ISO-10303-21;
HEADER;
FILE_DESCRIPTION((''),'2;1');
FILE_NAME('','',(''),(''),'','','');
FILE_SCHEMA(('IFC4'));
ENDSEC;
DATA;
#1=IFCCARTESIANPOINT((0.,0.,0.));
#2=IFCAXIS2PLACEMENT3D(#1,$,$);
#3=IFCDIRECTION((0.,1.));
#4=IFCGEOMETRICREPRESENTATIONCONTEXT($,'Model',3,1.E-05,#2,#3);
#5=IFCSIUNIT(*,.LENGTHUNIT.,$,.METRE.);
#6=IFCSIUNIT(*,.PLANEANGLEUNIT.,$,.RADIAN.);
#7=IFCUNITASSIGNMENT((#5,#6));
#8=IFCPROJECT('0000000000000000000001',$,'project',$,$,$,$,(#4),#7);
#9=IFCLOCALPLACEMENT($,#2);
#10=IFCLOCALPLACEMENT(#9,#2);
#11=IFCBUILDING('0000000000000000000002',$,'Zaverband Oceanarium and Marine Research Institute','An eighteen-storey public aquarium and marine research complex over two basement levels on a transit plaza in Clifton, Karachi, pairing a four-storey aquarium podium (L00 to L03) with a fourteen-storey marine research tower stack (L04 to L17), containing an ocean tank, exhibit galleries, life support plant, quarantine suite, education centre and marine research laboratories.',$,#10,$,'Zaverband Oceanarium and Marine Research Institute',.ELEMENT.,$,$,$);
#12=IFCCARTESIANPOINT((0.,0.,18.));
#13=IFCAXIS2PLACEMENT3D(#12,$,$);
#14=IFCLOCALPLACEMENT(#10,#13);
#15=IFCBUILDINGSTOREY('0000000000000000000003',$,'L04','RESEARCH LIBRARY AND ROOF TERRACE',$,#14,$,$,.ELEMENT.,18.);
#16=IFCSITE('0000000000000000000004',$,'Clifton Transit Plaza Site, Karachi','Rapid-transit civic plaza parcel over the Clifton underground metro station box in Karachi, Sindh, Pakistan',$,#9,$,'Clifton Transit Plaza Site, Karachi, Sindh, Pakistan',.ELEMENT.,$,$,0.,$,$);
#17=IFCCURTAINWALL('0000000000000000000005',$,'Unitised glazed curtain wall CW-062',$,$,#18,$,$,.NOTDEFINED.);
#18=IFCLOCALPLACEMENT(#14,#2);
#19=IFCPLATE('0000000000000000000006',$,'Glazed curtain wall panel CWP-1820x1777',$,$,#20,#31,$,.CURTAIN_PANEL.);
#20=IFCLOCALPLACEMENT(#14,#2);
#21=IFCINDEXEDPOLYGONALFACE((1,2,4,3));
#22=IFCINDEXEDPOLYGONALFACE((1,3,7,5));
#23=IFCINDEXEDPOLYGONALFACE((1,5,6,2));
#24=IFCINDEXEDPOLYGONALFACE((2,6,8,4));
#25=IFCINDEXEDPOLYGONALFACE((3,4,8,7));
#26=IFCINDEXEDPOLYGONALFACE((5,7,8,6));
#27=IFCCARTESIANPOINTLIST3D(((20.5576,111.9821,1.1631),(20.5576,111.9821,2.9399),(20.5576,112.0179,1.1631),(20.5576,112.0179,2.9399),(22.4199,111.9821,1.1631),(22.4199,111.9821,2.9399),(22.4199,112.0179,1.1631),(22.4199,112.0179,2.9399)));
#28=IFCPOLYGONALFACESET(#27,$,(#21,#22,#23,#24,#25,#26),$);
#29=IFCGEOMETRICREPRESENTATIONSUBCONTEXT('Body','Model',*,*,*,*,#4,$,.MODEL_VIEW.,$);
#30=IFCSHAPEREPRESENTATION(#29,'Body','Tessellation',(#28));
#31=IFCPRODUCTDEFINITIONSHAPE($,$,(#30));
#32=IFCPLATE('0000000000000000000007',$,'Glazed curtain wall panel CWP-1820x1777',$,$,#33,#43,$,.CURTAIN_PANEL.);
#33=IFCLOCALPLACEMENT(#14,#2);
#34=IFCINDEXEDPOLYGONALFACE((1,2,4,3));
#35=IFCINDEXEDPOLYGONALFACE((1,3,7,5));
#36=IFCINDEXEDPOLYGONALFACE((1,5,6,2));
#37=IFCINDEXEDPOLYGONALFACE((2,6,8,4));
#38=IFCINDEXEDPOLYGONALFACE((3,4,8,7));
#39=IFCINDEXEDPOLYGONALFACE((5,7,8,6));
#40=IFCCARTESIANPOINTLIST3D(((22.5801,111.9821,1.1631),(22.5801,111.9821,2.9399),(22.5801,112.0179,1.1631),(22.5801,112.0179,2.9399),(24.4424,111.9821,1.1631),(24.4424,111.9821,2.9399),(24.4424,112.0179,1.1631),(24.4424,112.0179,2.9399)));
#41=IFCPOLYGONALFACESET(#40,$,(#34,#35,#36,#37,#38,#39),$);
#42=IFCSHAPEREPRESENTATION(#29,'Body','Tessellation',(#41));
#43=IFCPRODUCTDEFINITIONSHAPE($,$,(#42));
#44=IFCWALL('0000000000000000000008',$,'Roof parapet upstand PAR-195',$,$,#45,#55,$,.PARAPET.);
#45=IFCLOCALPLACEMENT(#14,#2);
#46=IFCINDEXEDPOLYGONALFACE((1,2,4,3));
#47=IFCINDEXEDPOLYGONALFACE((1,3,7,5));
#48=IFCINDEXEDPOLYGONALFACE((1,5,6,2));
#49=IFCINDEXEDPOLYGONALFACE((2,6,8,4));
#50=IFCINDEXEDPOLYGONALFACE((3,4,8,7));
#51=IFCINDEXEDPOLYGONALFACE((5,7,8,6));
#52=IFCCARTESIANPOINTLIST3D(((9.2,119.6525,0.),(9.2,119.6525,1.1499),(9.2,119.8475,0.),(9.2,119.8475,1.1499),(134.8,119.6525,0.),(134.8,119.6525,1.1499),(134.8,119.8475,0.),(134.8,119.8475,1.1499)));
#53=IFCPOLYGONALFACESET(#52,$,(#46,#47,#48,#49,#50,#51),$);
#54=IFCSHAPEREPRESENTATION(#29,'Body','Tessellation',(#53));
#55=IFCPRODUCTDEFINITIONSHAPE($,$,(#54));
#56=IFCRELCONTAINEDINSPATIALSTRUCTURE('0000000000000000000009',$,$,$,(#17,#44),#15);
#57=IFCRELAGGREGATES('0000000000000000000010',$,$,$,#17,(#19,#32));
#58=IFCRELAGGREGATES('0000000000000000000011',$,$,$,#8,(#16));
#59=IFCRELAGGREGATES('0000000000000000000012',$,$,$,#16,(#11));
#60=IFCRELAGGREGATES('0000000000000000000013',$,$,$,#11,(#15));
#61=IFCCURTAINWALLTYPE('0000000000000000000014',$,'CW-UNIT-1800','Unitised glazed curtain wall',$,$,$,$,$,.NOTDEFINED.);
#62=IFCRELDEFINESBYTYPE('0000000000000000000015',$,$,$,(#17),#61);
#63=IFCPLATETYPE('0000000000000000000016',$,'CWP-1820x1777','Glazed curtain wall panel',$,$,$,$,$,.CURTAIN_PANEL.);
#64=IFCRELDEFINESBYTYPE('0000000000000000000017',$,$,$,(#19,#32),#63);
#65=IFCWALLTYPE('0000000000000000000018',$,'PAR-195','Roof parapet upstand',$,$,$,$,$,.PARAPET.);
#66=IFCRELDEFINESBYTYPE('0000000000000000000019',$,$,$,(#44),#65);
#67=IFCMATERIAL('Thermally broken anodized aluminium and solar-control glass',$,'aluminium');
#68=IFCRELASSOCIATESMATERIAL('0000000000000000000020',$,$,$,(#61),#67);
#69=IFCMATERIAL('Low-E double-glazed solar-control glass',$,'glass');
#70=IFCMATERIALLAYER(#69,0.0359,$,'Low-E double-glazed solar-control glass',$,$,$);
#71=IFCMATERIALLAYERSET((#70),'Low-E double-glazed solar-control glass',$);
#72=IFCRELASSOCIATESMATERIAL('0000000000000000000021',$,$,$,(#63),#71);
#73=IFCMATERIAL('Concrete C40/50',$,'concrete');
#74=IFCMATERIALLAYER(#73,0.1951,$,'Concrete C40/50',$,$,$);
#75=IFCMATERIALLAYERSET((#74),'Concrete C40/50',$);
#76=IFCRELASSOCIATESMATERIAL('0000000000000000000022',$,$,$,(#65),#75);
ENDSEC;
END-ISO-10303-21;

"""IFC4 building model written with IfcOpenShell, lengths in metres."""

from ifc_helpers import new_model, si_unit, direction, frame, frame_2d, origin, place, context, subcontext, project, spatial, rectangle, extrude, material, layer, layer_set, type_object, element, aggregate, save


model = new_model("IFC4")

# Units and contexts
model_context = context("Model", 3, precision=1e-05, world=origin(), true_north=direction((0.0, 1.0)))
body_context = subcontext(model_context, "Body", "Model", "MODEL_VIEW")
ifc_project = project(units=[si_unit("LENGTHUNIT", "METRE"), si_unit("PLANEANGLEUNIT", "RADIAN")], contexts=[model_context])

# Site, building, storey
site_placement = place(None, origin())
site = spatial("IfcSite", under=ifc_project, at=site_placement, Name="Clifton Transit Plaza Site, Karachi", Description="Rapid-transit civic plaza parcel over the Clifton underground metro station box in Karachi, Sindh, Pakistan", LongName="Clifton Transit Plaza Site, Karachi, Sindh, Pakistan", CompositionType="ELEMENT", RefElevation=0.0)
building_placement = place(site_placement, origin())
building = spatial("IfcBuilding", under=site, at=building_placement, Name="Zaverband Oceanarium and Marine Research Institute", Description="An eighteen-storey public aquarium and marine research complex over two basement levels on a transit plaza in Clifton, Karachi, pairing a four-storey aquarium podium (L00 to L03) with a fourteen-storey marine research tower stack (L04 to L17), containing an ocean tank, exhibit galleries, life support plant, quarantine suite, education centre and marine research laboratories.", LongName="Zaverband Oceanarium and Marine Research Institute", CompositionType="ELEMENT")
storey_placement = place(building_placement, frame((0.0, 0.0, 18.0)))
storey = spatial("IfcBuildingStorey", under=building, at=storey_placement, Name="L04", Description="RESEARCH LIBRARY AND ROOF TERRACE", CompositionType="ELEMENT", Elevation=18.0)

# Curtain wall
ifc_material_1 = material(Name="Thermally broken anodized aluminium and solar-control glass", Category="aluminium")
curtain_wall_type = type_object("IfcCurtainWallType", Name="CW-UNIT-1800", Description="Unitised glazed curtain wall", PredefinedType="NOTDEFINED", material=ifc_material_1)
curtain_wall_1_placement = place(storey_placement, origin())
curtain_wall_1 = element("IfcCurtainWall", 1, at=curtain_wall_1_placement, inside=storey, type_object=curtain_wall_type, Name="Unitised glazed curtain wall CW-062", PredefinedType="NOTDEFINED")

# Shared definitions
ifc_material_2 = material(Name="Concrete C40/50", Category="concrete")

# Plates
ifc_material_3 = material(Name="Low-E double-glazed solar-control glass", Category="glass")
ifc_layer_1 = layer(ifc_material_3, 0.0359, Name="Low-E double-glazed solar-control glass")
ifc_layer_set_1 = layer_set([ifc_layer_1], Name="Low-E double-glazed solar-control glass")
plate_type_1 = type_object("IfcPlateType", Name="CWP-1820x1777", Description="Glazed curtain wall panel", PredefinedType="CURTAIN_PANEL", material=ifc_layer_set_1)
plate_1_placement = place(storey_placement, frame((20.5576, 112.0, 1.1631), z_axis=(0.0, 0.0, 1.0), x_axis=(1.0, 0.0, 0.0)))
plate_1 = element("IfcPlate", 2, at=plate_1_placement, type_object=plate_type_1, Name="Glazed curtain wall panel CWP-1820x1777", PredefinedType="CURTAIN_PANEL", context=body_context, shape_type="SweptSolid", body=[
    extrude(rectangle(XDim=1.8623, YDim=0.0359, at=frame_2d((0.9312, 0.0))), origin(), (0.0, 0.0, 1.0), 1.7769),
])
plate_2_placement = place(storey_placement, frame((22.5801, 112.0, 1.1631), z_axis=(0.0, 0.0, 1.0), x_axis=(1.0, 0.0, 0.0)))
plate_2 = element("IfcPlate", 3, at=plate_2_placement, type_object=plate_type_1, Name="Glazed curtain wall panel CWP-1820x1777", PredefinedType="CURTAIN_PANEL", context=body_context, shape_type="SweptSolid", body=[
    extrude(rectangle(XDim=1.8623, YDim=0.0359, at=frame_2d((0.9312, 0.0))), origin(), (0.0, 0.0, 1.0), 1.7769),
])
aggregate(curtain_wall_1, [plate_1, plate_2])

# Wall
ifc_layer_2 = layer(ifc_material_2, 0.1951, Name="Concrete C40/50")
ifc_layer_set_2 = layer_set([ifc_layer_2], Name="Concrete C40/50")
wall_type = type_object("IfcWallType", Name="PAR-195", Description="Roof parapet upstand", PredefinedType="PARAPET", material=ifc_layer_set_2)
wall_placement = place(storey_placement, frame((9.2, 119.75, 0.0), z_axis=(0.0, 0.0, 1.0), x_axis=(1.0, 0.0, 0.0)))
element("IfcWall", 4, at=wall_placement, inside=storey, type_object=wall_type, Name="Roof parapet upstand PAR-195", PredefinedType="PARAPET", context=body_context, shape_type="SweptSolid", body=[
    extrude(rectangle(XDim=125.6001, YDim=0.1951, at=frame_2d((62.8, 0.0))), origin(), (0.0, 0.0, 1.0), 1.1499),
])

save(model, "model.ifc")
